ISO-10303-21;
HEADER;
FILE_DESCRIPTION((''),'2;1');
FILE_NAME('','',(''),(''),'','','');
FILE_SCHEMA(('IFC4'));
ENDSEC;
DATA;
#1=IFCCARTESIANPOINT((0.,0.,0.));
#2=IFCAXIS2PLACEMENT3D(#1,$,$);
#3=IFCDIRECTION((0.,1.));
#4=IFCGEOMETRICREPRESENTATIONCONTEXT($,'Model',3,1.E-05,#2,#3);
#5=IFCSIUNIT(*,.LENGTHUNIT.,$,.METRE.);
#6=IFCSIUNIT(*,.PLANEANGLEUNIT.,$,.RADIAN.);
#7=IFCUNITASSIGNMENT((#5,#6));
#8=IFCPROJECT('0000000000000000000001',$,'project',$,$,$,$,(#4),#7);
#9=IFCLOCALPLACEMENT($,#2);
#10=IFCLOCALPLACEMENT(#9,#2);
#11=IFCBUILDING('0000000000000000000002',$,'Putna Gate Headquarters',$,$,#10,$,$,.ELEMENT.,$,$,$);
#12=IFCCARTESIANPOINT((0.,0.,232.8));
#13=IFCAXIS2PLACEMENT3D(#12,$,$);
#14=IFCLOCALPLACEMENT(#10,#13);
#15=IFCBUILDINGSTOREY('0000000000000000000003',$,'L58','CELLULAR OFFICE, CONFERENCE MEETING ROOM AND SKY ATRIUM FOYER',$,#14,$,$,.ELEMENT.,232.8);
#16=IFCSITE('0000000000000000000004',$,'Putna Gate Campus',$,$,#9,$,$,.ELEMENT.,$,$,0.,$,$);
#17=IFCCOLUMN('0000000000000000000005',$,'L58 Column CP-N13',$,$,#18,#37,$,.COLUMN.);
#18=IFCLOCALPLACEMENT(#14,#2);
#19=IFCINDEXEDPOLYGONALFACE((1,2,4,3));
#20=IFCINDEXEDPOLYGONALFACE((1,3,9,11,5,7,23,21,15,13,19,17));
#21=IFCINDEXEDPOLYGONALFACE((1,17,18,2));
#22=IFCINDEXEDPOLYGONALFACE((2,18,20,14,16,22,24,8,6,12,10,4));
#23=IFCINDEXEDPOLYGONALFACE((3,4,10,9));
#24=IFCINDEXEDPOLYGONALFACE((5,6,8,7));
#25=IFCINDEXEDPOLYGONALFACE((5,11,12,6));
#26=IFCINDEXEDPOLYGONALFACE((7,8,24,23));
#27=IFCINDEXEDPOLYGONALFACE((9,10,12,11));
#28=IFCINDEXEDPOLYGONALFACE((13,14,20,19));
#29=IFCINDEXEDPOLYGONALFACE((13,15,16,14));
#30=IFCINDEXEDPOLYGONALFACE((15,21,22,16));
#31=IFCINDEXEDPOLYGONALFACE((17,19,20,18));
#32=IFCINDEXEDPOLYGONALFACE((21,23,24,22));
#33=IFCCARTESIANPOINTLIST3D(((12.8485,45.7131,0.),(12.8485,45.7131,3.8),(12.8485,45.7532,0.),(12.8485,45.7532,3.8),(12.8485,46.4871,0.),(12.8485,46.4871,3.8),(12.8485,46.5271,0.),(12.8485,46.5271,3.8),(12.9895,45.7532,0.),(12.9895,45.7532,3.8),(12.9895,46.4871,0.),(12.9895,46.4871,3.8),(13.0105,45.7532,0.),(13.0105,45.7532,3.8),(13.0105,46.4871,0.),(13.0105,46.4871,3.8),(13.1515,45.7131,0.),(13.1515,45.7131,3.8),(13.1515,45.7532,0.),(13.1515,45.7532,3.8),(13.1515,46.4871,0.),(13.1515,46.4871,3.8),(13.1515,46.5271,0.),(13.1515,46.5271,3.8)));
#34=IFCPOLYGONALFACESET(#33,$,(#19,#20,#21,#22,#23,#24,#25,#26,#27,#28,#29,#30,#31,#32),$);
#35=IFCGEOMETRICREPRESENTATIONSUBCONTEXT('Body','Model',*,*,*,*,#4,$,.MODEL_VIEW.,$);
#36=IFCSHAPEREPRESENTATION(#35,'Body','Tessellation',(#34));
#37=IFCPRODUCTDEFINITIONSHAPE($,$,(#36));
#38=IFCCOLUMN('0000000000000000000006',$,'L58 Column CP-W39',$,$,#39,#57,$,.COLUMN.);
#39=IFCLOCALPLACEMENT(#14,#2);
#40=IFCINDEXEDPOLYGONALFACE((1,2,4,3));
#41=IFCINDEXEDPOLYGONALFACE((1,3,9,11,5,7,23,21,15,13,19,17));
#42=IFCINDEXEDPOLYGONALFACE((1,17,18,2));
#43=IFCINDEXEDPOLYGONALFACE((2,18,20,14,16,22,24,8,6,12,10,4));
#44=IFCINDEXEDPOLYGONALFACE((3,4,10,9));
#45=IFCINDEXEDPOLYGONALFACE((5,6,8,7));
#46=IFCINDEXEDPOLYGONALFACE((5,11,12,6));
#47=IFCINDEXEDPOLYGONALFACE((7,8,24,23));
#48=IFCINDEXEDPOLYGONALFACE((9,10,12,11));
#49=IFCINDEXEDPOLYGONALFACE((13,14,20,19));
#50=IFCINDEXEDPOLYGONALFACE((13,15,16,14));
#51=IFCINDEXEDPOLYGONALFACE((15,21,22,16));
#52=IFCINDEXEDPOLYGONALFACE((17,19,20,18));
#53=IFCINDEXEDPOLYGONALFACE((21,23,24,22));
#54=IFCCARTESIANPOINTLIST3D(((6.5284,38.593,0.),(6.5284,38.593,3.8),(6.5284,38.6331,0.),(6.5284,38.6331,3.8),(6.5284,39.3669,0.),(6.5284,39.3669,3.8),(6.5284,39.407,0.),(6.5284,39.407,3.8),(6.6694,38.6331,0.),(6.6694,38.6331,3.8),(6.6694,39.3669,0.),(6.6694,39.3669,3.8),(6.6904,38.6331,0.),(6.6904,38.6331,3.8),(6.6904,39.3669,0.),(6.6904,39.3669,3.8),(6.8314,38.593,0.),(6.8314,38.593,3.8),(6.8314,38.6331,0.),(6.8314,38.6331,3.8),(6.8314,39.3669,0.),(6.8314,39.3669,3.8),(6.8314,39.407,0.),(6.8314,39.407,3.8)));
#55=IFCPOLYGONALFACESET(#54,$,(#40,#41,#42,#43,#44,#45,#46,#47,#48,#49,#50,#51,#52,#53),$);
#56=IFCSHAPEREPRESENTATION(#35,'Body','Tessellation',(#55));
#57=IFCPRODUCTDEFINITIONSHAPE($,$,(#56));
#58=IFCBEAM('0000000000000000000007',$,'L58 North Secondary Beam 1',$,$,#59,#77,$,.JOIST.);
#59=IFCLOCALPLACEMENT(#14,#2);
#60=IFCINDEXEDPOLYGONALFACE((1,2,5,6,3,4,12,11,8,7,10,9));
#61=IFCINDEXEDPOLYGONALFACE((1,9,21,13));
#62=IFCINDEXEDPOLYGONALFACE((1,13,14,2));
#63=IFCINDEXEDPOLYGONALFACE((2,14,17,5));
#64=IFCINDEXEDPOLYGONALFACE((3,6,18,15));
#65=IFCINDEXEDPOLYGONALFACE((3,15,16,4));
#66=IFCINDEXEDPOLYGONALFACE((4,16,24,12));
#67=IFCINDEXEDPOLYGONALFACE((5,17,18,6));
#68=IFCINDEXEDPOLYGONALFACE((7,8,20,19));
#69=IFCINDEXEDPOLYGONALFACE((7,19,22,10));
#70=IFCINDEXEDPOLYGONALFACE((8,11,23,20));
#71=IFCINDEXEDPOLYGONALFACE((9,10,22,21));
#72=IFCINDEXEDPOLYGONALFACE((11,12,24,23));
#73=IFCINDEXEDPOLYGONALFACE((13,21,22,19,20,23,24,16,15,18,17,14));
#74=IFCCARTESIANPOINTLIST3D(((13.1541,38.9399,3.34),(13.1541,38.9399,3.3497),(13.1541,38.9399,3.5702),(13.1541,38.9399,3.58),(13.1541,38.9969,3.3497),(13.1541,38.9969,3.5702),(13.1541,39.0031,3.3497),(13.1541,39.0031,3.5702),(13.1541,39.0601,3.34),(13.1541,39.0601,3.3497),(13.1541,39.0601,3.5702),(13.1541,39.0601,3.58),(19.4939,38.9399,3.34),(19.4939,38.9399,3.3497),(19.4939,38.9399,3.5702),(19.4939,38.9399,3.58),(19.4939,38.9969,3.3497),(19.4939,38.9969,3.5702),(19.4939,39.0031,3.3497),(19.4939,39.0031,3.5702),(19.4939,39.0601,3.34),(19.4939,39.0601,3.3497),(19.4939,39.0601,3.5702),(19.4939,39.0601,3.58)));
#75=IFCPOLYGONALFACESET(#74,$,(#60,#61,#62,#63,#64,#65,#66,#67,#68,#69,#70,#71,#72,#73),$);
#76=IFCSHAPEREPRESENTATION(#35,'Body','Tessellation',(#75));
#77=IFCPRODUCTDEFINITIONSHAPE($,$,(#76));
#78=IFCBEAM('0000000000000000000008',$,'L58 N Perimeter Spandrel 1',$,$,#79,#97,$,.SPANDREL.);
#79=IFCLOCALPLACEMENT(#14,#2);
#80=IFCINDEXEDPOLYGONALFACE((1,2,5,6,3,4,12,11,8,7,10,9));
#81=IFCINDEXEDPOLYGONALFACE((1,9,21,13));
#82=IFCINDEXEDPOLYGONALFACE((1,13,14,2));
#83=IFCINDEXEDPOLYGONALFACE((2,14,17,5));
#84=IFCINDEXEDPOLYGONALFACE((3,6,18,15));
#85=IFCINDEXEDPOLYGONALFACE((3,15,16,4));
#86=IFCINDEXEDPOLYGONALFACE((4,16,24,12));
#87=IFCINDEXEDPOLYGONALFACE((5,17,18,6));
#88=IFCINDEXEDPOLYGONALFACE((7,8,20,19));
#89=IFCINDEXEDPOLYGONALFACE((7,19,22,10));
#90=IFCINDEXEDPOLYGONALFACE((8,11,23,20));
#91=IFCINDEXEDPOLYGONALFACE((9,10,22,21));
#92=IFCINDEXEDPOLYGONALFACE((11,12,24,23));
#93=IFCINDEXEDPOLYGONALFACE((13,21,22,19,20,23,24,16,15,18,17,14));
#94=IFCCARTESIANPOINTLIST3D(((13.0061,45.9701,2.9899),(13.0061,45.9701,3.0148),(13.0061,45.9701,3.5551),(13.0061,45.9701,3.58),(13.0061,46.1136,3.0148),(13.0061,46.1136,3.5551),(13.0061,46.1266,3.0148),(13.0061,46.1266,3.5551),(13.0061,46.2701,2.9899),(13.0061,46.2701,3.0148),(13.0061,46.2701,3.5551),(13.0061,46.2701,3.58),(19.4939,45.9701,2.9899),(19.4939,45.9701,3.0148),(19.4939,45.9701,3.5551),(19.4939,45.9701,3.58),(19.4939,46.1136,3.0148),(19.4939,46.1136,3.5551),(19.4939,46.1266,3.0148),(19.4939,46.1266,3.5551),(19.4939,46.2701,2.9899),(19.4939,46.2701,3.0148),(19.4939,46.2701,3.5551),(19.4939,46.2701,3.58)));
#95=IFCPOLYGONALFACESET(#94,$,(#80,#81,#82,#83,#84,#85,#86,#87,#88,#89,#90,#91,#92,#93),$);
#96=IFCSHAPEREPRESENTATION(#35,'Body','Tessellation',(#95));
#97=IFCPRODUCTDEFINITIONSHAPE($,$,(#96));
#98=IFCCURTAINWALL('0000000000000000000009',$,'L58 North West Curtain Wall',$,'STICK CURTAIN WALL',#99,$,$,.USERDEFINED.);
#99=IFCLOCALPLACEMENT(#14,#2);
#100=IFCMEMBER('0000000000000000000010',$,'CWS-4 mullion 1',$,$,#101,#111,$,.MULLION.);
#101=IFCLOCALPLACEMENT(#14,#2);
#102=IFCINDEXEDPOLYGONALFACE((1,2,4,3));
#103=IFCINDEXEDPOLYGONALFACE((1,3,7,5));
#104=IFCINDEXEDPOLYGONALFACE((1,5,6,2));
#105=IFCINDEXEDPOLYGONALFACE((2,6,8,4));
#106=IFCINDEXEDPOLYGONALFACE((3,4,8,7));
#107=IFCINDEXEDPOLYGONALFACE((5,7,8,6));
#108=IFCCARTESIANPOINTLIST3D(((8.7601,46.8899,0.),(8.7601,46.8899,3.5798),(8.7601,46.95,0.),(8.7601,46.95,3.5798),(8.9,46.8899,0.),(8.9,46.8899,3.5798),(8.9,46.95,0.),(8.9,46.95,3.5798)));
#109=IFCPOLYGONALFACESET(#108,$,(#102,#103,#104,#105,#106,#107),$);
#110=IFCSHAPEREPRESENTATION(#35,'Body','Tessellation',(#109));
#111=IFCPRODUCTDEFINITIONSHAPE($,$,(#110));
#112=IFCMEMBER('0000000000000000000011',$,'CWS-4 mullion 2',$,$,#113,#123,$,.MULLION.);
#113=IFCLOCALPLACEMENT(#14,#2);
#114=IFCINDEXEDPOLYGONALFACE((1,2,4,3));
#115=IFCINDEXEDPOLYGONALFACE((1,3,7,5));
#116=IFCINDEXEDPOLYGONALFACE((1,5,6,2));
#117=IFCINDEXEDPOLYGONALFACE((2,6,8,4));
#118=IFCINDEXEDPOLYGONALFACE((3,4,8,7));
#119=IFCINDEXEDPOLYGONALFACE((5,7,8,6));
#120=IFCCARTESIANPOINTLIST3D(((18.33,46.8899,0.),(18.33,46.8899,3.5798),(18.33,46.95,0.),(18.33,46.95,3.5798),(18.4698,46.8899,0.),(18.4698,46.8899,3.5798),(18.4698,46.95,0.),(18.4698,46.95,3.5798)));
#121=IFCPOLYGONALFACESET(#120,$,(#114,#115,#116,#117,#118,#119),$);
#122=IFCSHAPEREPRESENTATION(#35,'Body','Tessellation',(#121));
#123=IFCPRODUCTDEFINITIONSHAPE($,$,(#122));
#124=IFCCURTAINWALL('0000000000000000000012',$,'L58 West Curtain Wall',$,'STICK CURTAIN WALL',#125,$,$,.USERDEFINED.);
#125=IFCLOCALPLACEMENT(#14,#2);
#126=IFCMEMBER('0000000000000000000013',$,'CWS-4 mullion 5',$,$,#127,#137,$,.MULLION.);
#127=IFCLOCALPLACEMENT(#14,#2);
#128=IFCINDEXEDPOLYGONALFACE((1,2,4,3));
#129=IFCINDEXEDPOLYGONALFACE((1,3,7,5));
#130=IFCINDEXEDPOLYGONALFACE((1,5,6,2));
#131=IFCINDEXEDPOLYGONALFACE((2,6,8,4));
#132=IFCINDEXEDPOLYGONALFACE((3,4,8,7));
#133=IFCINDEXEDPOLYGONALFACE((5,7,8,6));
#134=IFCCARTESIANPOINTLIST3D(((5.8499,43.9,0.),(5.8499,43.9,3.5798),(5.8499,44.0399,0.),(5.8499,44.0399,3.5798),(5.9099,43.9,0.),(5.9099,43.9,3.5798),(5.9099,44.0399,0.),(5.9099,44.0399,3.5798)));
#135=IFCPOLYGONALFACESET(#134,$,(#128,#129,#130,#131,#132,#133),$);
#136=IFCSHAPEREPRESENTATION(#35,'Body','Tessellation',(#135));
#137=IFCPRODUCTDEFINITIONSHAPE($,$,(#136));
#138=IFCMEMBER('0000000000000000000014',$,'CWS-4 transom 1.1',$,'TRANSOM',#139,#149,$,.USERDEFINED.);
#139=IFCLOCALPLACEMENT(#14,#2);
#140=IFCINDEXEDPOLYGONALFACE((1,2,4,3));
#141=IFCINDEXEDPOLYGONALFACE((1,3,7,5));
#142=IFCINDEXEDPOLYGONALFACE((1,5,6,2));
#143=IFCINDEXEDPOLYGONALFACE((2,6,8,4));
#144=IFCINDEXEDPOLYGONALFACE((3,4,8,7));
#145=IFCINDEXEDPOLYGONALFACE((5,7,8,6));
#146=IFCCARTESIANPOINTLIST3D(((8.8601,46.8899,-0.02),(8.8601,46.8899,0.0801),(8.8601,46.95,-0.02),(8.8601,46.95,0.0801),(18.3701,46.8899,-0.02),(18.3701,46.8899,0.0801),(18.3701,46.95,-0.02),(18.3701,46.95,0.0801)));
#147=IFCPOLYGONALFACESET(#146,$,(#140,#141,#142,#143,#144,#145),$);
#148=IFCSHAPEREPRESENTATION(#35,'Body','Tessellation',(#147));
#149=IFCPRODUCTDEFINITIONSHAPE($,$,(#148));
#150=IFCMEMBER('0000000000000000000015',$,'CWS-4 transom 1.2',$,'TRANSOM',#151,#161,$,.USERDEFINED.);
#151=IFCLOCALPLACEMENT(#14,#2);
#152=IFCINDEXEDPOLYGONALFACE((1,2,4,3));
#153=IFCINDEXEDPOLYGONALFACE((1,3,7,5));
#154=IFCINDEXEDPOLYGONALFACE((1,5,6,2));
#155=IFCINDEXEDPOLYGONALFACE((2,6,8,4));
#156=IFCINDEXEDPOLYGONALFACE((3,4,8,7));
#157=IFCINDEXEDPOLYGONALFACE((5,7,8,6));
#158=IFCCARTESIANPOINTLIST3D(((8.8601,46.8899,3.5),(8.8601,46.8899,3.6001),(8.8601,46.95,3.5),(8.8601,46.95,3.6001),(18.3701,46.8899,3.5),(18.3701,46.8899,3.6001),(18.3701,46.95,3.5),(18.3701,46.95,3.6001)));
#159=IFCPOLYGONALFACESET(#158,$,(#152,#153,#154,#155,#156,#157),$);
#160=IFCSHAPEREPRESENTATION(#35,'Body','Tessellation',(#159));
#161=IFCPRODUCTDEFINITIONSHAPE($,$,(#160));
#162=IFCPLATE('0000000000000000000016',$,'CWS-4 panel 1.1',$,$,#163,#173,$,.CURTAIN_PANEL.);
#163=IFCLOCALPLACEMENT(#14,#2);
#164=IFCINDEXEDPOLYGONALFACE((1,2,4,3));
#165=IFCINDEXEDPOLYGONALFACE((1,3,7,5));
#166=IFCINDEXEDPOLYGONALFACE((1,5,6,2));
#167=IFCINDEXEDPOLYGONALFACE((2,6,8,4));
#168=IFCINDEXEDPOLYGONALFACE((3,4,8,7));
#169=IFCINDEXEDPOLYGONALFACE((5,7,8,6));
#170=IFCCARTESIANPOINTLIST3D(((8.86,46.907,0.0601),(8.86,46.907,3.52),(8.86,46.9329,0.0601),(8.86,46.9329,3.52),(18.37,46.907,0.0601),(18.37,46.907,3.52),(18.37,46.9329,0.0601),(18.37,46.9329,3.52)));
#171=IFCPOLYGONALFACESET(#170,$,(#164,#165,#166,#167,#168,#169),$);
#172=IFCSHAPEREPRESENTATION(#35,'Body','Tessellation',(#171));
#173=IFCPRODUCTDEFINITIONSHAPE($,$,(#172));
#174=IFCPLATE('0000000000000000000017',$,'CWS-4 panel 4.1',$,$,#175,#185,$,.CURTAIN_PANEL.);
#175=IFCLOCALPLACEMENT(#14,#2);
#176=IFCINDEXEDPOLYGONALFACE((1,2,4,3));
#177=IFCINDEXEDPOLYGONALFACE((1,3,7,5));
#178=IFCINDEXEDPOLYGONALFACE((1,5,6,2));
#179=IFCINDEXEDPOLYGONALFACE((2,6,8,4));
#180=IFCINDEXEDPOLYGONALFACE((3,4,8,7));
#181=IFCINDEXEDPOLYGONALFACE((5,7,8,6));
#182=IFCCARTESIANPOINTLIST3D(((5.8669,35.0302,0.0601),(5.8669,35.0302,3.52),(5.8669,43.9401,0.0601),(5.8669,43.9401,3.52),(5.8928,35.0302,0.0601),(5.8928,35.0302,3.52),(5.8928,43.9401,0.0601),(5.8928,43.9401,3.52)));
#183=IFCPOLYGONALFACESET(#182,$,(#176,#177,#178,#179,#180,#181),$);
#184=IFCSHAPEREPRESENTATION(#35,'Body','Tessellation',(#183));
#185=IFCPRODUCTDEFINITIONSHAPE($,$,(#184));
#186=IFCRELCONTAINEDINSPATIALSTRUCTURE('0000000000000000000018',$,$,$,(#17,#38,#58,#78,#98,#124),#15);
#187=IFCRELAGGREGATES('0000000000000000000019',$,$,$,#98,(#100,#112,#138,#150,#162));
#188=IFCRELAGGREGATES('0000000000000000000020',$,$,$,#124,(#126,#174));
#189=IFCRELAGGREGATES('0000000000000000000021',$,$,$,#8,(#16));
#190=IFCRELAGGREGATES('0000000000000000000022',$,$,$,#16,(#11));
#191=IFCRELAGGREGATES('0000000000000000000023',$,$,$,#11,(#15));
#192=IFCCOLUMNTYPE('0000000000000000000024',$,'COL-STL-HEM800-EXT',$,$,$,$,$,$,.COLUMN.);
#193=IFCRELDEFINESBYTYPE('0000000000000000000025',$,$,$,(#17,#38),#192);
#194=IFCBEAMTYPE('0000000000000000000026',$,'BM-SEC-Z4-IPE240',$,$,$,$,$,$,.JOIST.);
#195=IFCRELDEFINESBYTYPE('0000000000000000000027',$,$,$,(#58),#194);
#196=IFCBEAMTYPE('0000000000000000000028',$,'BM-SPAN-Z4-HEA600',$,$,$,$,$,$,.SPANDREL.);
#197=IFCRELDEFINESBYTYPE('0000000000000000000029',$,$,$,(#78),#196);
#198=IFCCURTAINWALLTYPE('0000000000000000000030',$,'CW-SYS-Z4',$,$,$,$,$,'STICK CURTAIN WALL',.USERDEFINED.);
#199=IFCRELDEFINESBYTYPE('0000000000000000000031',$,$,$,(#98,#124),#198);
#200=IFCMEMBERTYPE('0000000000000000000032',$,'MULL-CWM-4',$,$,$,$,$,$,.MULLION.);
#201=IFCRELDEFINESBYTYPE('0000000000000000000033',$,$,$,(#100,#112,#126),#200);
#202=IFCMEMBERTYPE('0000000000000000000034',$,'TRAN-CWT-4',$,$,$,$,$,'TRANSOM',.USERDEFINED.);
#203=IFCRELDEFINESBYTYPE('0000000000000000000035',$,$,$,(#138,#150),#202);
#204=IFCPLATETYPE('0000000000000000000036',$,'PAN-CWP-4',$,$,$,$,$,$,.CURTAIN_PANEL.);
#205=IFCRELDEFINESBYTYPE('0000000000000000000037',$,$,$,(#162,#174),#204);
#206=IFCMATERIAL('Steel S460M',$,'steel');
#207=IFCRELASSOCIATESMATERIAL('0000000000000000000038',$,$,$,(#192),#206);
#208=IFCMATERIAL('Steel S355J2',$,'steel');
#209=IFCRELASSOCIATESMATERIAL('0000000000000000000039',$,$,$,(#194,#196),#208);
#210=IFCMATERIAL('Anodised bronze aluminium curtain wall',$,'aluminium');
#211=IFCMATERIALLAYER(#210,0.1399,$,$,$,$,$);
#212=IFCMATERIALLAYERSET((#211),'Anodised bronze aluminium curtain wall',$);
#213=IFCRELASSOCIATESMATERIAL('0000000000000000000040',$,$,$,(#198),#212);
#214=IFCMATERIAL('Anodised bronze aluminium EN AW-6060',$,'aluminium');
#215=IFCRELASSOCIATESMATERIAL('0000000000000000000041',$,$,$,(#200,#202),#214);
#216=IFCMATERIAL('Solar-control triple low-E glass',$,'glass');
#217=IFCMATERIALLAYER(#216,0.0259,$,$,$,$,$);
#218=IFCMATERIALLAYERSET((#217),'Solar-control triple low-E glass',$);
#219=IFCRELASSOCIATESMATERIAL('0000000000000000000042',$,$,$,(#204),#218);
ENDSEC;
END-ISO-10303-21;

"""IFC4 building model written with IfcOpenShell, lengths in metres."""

from ifc_helpers import new_model, si_unit, direction, frame, origin, origin_2d, place, context, subcontext, project, spatial, rectangle, i_section, extrude, material, layer, layer_set, material_profile, profile_set, type_object, element, aggregate, save


model = new_model("IFC4")

# Units and contexts
model_context = context("Model", 3, precision=1e-05, world=origin(), true_north=direction((0.0, 1.0)))
body_context = subcontext(model_context, "Body", "Model", "MODEL_VIEW")
ifc_project = project(units=[si_unit("LENGTHUNIT", "METRE"), si_unit("PLANEANGLEUNIT", "RADIAN")], contexts=[model_context])

# Site, building, storey
site_placement = place(None, origin())
site = spatial("IfcSite", under=ifc_project, at=site_placement, Name="Putna Gate Campus", CompositionType="ELEMENT", RefElevation=0.0)
building_placement = place(site_placement, origin())
building = spatial("IfcBuilding", under=site, at=building_placement, Name="Putna Gate Headquarters", CompositionType="ELEMENT")
storey_placement = place(building_placement, frame((0.0, 0.0, 232.8)))
storey = spatial("IfcBuildingStorey", under=building, at=storey_placement, Name="L58", Description="CELLULAR OFFICE, CONFERENCE MEETING ROOM AND SKY ATRIUM FOYER", CompositionType="ELEMENT", Elevation=232.8)

# Columns
ifc_material_1 = material(Name="Steel S460M", Category="steel")
ifc_material_profile_1 = material_profile(ifc_material_1, i_section(OverallWidth=0.303, OverallDepth=0.814, WebThickness=0.021, FlangeThickness=0.04, at=origin_2d()), Name="Steel S460M")
ifc_profile_set_1 = profile_set([ifc_material_profile_1], Name="Steel S460M")
column_type = type_object("IfcColumnType", Name="COL-STL-HEM800-EXT", PredefinedType="COLUMN", material=ifc_profile_set_1)
for number, where, z_axis, x_axis, name in (
    (1, (13.0, 46.1201, 0.0), (0.0, 0.0, 1.0), (1.0, 0.0, 0.0), "L58 Column CP-N13"),
    (2, (6.6799, 39.0, 0.0), (0.0, 0.0, 1.0), (1.0, 0.0, 0.0), "L58 Column CP-W39"),
):
    element("IfcColumn", number, at=place(storey_placement, frame(where, z_axis=z_axis, x_axis=x_axis)), inside=storey, type_object=column_type, Name=name, PredefinedType="COLUMN", context=body_context, shape_type="SweptSolid", body=[
        extrude(i_section(OverallWidth=0.303, OverallDepth=0.814, WebThickness=0.021, FlangeThickness=0.04, at=origin_2d()), origin(), (0.0, 0.0, 1.0), 3.8),
    ])

# Beams
ifc_material_2 = material(Name="Steel S355J2", Category="steel")
ifc_material_profile_2 = material_profile(ifc_material_2, i_section(OverallWidth=0.1201, OverallDepth=0.24, WebThickness=0.0061, FlangeThickness=0.0098, at=origin_2d()), Name="Steel S355J2")
ifc_profile_set_2 = profile_set([ifc_material_profile_2], Name="Steel S355J2")
beam_type_1 = type_object("IfcBeamType", Name="BM-SEC-Z4-IPE240", PredefinedType="JOIST", material=ifc_profile_set_2)
beam_1_placement = place(storey_placement, frame((13.1541, 39.0, 3.46), z_axis=(1.0, 0.0, 0.0), x_axis=(0.0, 1.0, 0.0)))
element("IfcBeam", 3, at=beam_1_placement, inside=storey, type_object=beam_type_1, Name="L58 North Secondary Beam 1", PredefinedType="JOIST", context=body_context, shape_type="SweptSolid", body=[
    extrude(i_section(OverallWidth=0.1201, OverallDepth=0.24, WebThickness=0.0061, FlangeThickness=0.0098, at=origin_2d()), origin(), (0.0, 0.0, 1.0), 6.3398),
])
ifc_material_profile_3 = material_profile(ifc_material_2, i_section(OverallWidth=0.3, OverallDepth=0.5901, WebThickness=0.0129, FlangeThickness=0.0249, at=origin_2d()), Name="Steel S355J2")
ifc_profile_set_3 = profile_set([ifc_material_profile_3], Name="Steel S355J2")
beam_type_2 = type_object("IfcBeamType", Name="BM-SPAN-Z4-HEA600", PredefinedType="SPANDREL", material=ifc_profile_set_3)
beam_2_placement = place(storey_placement, frame((13.0061, 46.1201, 3.2849), z_axis=(1.0, 0.0, 0.0), x_axis=(0.0, 1.0, 0.0)))
element("IfcBeam", 4, at=beam_2_placement, inside=storey, type_object=beam_type_2, Name="L58 N Perimeter Spandrel 1", PredefinedType="SPANDREL", context=body_context, shape_type="SweptSolid", body=[
    extrude(i_section(OverallWidth=0.3, OverallDepth=0.5901, WebThickness=0.0129, FlangeThickness=0.0249, at=origin_2d()), origin(), (0.0, 0.0, 1.0), 6.4878),
])

# Curtain wall, members
ifc_material_3 = material(Name="Anodised bronze aluminium curtain wall", Category="aluminium")
ifc_layer_1 = layer(ifc_material_3, 0.1399)
ifc_layer_set_1 = layer_set([ifc_layer_1], Name="Anodised bronze aluminium curtain wall")
curtain_wall_type = type_object("IfcCurtainWallType", Name="CW-SYS-Z4", ElementType="STICK CURTAIN WALL", PredefinedType="USERDEFINED", material=ifc_layer_set_1)
curtain_wall_1_placement = place(storey_placement, origin())
curtain_wall_1 = element("IfcCurtainWall", 5, at=curtain_wall_1_placement, inside=storey, type_object=curtain_wall_type, Name="L58 North West Curtain Wall", ObjectType="STICK CURTAIN WALL", PredefinedType="USERDEFINED")
ifc_material_4 = material(Name="Anodised bronze aluminium EN AW-6060", Category="aluminium")
ifc_material_profile_4 = material_profile(ifc_material_4, rectangle(XDim=0.0601, YDim=0.1399, at=origin_2d()), Name="Anodised bronze aluminium EN AW-6060")
ifc_profile_set_4 = profile_set([ifc_material_profile_4], Name="Anodised bronze aluminium EN AW-6060")
member_type_1 = type_object("IfcMemberType", Name="MULL-CWM-4", PredefinedType="MULLION", material=ifc_profile_set_4)
member_1_placement = place(storey_placement, frame((8.8301, 46.9199, 0.0), z_axis=(0.0, 0.0, 1.0), x_axis=(0.0, 1.0, 0.0)))
member_1 = element("IfcMember", 6, at=member_1_placement, type_object=member_type_1, Name="CWS-4 mullion 1", PredefinedType="MULLION", context=body_context, shape_type="SweptSolid", body=[
    extrude(rectangle(XDim=0.0601, YDim=0.1399, at=origin_2d()), origin(), (0.0, 0.0, 1.0), 3.5798),
])
member_2_placement = place(storey_placement, frame((18.3999, 46.9199, 0.0), z_axis=(0.0, 0.0, 1.0), x_axis=(0.0, 1.0, 0.0)))
member_2 = element("IfcMember", 7, at=member_2_placement, type_object=member_type_1, Name="CWS-4 mullion 2", PredefinedType="MULLION", context=body_context, shape_type="SweptSolid", body=[
    extrude(rectangle(XDim=0.0601, YDim=0.1399, at=origin_2d()), origin(), (0.0, 0.0, 1.0), 3.5798),
])

# Curtain wall, member
curtain_wall_2_placement = place(storey_placement, origin())
curtain_wall_2 = element("IfcCurtainWall", 8, at=curtain_wall_2_placement, inside=storey, type_object=curtain_wall_type, Name="L58 West Curtain Wall", ObjectType="STICK CURTAIN WALL", PredefinedType="USERDEFINED")
member_3_placement = place(storey_placement, frame((5.8799, 43.97, 0.0), z_axis=(0.0, 0.0, 1.0), x_axis=(-1.0, 0.0, 0.0)))
member_3 = element("IfcMember", 9, at=member_3_placement, type_object=member_type_1, Name="CWS-4 mullion 5", PredefinedType="MULLION", context=body_context, shape_type="SweptSolid", body=[
    extrude(rectangle(XDim=0.0601, YDim=0.1399, at=origin_2d()), origin(), (0.0, 0.0, 1.0), 3.5798),
])

# Members
ifc_material_profile_5 = material_profile(ifc_material_4, rectangle(XDim=0.0601, YDim=0.1001, at=origin_2d()), Name="Anodised bronze aluminium EN AW-6060")
ifc_profile_set_5 = profile_set([ifc_material_profile_5], Name="Anodised bronze aluminium EN AW-6060")
member_type_2 = type_object("IfcMemberType", Name="TRAN-CWT-4", ElementType="TRANSOM", PredefinedType="USERDEFINED", material=ifc_profile_set_5)
member_4_placement = place(storey_placement, frame((8.8601, 46.9199, 0.03), z_axis=(1.0, 0.0, 0.0), x_axis=(0.0, 1.0, 0.0)))
member_4 = element("IfcMember", 10, at=member_4_placement, type_object=member_type_2, Name="CWS-4 transom 1.1", ObjectType="TRANSOM", PredefinedType="USERDEFINED", context=body_context, shape_type="SweptSolid", body=[
    extrude(rectangle(XDim=0.0601, YDim=0.1001, at=origin_2d()), origin(), (0.0, 0.0, 1.0), 9.51),
])
member_5_placement = place(storey_placement, frame((8.8601, 46.9199, 3.55), z_axis=(1.0, 0.0, 0.0), x_axis=(0.0, 1.0, 0.0)))
member_5 = element("IfcMember", 11, at=member_5_placement, type_object=member_type_2, Name="CWS-4 transom 1.2", ObjectType="TRANSOM", PredefinedType="USERDEFINED", context=body_context, shape_type="SweptSolid", body=[
    extrude(rectangle(XDim=0.0601, YDim=0.1001, at=origin_2d()), origin(), (0.0, 0.0, 1.0), 9.51),
])

# Plates
ifc_material_5 = material(Name="Solar-control triple low-E glass", Category="glass")
ifc_layer_2 = layer(ifc_material_5, 0.0259)
ifc_layer_set_2 = layer_set([ifc_layer_2], Name="Solar-control triple low-E glass")
plate_type = type_object("IfcPlateType", Name="PAN-CWP-4", PredefinedType="CURTAIN_PANEL", material=ifc_layer_set_2)
plate_1_placement = place(storey_placement, frame((13.615, 46.9199, 0.0601), z_axis=(0.0, 0.0, 1.0), x_axis=(1.0, 0.0, 0.0)))
plate_1 = element("IfcPlate", 12, at=plate_1_placement, type_object=plate_type, Name="CWS-4 panel 1.1", PredefinedType="CURTAIN_PANEL", context=body_context, shape_type="SweptSolid", body=[
    extrude(rectangle(XDim=9.51, YDim=0.0259, at=origin_2d()), origin(), (0.0, 0.0, 1.0), 3.46),
])
aggregate(curtain_wall_1, [member_1, member_2, member_4, member_5, plate_1])
plate_2_placement = place(storey_placement, frame((5.8799, 39.4851, 0.0601), z_axis=(0.0, 0.0, 1.0), x_axis=(0.0, 1.0, 0.0)))
plate_2 = element("IfcPlate", 13, at=plate_2_placement, type_object=plate_type, Name="CWS-4 panel 4.1", PredefinedType="CURTAIN_PANEL", context=body_context, shape_type="SweptSolid", body=[
    extrude(rectangle(XDim=8.9099, YDim=0.0259, at=origin_2d()), origin(), (0.0, 0.0, 1.0), 3.46),
])
aggregate(curtain_wall_2, [member_3, plate_2])

save(model, "model.ifc")
